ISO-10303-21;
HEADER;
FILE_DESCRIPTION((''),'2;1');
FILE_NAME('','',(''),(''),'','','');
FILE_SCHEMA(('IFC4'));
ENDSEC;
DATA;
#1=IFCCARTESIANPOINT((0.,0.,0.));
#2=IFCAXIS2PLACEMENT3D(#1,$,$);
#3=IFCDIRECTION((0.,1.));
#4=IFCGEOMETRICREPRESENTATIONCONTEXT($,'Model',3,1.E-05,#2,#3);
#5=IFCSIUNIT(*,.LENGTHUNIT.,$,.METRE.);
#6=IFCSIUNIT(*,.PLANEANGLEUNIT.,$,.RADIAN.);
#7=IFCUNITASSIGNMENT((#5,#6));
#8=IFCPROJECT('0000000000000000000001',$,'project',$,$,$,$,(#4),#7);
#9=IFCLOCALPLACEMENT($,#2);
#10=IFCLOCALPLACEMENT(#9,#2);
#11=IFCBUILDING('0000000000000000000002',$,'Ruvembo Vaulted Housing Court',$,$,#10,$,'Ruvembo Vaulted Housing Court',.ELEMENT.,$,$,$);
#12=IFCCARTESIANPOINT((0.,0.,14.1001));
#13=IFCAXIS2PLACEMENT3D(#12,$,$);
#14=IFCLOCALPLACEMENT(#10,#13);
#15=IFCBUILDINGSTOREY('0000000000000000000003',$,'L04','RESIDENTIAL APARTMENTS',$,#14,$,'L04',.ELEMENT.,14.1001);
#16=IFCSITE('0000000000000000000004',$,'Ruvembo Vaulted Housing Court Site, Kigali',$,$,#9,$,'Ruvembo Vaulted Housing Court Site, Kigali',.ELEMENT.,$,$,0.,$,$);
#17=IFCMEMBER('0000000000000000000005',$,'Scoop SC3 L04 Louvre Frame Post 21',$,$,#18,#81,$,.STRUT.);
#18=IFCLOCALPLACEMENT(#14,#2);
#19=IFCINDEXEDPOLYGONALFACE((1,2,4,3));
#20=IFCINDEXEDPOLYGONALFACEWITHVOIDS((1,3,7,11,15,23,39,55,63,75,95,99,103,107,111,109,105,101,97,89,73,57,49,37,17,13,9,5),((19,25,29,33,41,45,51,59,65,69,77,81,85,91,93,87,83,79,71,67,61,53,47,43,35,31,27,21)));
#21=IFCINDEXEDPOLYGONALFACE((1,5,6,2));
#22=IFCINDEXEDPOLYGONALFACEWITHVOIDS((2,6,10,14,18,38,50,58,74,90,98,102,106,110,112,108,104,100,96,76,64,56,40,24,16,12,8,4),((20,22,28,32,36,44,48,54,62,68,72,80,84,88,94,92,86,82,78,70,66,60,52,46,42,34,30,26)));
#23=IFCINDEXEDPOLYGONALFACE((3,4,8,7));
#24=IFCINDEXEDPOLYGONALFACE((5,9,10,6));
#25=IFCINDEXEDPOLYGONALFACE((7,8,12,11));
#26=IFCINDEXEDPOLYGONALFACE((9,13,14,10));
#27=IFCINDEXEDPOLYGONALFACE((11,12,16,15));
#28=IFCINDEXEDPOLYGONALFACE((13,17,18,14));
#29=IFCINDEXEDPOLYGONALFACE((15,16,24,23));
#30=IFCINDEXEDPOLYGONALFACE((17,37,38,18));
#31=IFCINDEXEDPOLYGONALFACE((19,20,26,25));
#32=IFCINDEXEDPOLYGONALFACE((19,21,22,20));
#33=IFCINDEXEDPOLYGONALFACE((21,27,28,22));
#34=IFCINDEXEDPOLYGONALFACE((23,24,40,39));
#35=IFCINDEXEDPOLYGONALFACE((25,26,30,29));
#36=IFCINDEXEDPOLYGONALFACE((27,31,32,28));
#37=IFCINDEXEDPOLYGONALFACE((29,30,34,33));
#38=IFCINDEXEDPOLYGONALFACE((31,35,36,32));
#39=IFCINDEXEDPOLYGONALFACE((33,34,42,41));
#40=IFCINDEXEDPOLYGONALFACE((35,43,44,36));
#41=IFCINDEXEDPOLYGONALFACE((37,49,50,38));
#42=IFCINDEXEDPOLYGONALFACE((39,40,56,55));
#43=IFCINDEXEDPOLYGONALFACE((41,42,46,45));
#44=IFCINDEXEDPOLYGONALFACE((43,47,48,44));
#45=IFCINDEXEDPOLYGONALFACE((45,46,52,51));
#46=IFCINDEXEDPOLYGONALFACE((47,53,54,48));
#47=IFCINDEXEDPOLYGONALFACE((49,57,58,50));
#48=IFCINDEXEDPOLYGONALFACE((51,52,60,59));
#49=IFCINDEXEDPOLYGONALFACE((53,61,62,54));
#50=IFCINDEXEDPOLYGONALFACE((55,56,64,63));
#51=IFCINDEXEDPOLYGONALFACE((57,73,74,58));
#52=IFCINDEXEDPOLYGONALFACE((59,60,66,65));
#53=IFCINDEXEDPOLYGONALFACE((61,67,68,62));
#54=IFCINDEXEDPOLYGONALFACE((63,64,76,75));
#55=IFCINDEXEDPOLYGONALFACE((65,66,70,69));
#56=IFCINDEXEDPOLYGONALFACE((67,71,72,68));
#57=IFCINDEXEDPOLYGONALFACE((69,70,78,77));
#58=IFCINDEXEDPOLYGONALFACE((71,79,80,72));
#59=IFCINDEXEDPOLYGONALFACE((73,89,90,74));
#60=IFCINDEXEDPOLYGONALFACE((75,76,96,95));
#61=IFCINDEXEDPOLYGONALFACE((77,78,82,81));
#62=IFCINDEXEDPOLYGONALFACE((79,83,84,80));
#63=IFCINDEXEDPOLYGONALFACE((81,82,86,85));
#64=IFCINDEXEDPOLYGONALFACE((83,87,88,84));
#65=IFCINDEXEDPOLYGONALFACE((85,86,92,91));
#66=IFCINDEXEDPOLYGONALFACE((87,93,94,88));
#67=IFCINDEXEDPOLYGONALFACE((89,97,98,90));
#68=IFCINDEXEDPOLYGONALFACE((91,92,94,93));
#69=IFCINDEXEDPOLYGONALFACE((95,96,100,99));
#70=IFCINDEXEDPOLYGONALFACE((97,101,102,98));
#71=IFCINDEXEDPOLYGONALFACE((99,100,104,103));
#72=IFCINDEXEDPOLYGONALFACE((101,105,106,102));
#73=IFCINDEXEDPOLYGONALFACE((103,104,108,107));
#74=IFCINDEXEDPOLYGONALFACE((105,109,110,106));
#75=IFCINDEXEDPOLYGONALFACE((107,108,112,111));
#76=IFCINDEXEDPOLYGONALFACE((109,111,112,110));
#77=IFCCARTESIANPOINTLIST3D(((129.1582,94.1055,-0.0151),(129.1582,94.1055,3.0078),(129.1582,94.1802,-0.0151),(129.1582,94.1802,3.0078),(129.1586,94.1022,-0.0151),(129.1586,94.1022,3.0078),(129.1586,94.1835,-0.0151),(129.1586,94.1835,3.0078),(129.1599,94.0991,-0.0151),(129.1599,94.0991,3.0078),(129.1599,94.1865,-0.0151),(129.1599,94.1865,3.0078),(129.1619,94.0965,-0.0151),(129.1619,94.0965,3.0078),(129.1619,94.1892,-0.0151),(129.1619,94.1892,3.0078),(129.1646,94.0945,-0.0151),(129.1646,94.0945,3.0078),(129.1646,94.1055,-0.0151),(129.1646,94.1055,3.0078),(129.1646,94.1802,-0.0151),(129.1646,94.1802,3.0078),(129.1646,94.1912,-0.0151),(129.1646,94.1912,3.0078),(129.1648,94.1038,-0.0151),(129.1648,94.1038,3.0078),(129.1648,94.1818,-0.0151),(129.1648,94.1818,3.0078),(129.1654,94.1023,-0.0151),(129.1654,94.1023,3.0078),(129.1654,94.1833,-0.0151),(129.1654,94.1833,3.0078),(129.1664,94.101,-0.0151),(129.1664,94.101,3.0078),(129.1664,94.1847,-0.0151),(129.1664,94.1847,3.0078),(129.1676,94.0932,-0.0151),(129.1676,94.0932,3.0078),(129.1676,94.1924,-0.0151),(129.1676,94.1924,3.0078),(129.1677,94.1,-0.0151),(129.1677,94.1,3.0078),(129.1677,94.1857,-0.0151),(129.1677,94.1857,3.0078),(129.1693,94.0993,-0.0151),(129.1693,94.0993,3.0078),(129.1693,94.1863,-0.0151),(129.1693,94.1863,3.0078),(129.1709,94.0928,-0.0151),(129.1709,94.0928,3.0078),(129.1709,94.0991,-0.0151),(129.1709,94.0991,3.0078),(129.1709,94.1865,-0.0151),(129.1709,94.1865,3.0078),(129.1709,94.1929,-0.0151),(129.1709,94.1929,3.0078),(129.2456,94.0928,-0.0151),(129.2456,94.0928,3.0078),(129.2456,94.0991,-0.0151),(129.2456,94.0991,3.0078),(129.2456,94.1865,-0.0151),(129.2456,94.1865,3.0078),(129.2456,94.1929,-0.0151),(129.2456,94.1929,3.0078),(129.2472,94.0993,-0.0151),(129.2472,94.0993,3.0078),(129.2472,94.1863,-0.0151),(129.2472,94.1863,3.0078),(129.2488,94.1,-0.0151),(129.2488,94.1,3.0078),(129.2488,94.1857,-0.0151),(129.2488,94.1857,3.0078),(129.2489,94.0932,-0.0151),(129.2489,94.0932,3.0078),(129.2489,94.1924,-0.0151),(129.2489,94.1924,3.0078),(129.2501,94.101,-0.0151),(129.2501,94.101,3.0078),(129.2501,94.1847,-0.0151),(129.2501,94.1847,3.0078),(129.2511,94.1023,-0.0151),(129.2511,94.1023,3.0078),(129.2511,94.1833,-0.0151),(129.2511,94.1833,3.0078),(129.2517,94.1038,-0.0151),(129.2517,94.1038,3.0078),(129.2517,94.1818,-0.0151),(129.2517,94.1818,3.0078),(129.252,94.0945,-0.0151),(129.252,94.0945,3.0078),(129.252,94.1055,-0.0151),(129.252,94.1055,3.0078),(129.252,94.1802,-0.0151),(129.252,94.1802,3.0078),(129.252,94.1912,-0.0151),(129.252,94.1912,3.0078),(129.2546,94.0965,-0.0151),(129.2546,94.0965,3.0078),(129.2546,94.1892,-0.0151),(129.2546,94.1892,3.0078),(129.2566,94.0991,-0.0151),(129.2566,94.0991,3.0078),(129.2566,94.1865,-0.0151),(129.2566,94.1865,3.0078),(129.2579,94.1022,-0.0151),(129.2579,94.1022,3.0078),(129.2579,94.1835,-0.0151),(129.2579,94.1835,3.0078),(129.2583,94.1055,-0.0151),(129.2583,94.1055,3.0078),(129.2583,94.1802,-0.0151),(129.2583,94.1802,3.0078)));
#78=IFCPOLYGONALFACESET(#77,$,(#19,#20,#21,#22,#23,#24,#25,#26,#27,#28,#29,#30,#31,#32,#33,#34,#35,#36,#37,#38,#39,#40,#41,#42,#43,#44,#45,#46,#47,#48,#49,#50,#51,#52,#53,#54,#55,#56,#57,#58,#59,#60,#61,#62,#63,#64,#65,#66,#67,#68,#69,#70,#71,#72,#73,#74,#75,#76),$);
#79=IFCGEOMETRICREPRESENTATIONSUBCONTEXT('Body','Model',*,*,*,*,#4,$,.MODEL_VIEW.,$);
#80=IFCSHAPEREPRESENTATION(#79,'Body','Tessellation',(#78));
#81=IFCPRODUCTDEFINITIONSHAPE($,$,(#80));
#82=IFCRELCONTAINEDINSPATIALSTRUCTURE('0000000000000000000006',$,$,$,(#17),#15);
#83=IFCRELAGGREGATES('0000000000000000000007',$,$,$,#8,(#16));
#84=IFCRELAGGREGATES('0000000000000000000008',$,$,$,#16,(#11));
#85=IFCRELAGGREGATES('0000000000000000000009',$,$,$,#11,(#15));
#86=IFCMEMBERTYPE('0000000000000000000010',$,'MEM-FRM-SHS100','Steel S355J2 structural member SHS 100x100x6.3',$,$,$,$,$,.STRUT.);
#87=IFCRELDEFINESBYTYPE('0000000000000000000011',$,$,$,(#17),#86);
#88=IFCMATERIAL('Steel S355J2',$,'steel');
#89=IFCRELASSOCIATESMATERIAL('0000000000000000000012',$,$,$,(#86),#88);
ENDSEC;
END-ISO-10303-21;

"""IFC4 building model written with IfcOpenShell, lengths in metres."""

from ifc_helpers import new_model, si_unit, direction, frame, origin, origin_2d, place, context, subcontext, project, spatial, hollow_rectangle, extrude, material, material_profile, profile_set, type_object, element, save


model = new_model("IFC4")

# Units and contexts
model_context = context("Model", 3, precision=1e-05, world=origin(), true_north=direction((0.0, 1.0)))
body_context = subcontext(model_context, "Body", "Model", "MODEL_VIEW")
ifc_project = project(units=[si_unit("LENGTHUNIT", "METRE"), si_unit("PLANEANGLEUNIT", "RADIAN")], contexts=[model_context])

# Site, building, storey
site_placement = place(None, origin())
site = spatial("IfcSite", under=ifc_project, at=site_placement, Name="Ruvembo Vaulted Housing Court Site, Kigali", LongName="Ruvembo Vaulted Housing Court Site, Kigali", CompositionType="ELEMENT", RefElevation=0.0)
building_placement = place(site_placement, origin())
building = spatial("IfcBuilding", under=site, at=building_placement, Name="Ruvembo Vaulted Housing Court", LongName="Ruvembo Vaulted Housing Court", CompositionType="ELEMENT")
storey_placement = place(building_placement, frame((0.0, 0.0, 14.1001)))
storey = spatial("IfcBuildingStorey", under=building, at=storey_placement, Name="L04", Description="RESIDENTIAL APARTMENTS", LongName="L04", CompositionType="ELEMENT", Elevation=14.1001)

# Shared definitions
ifc_material_1 = material(Name="Steel S355J2", Category="steel")

# Member
ifc_material_profile_1 = material_profile(ifc_material_1, hollow_rectangle(XDim=0.1001, YDim=0.1001, WallThickness=0.0063, InnerFilletRadius=0.0063, OuterFilletRadius=0.0127, at=origin_2d()), Name="SHS 100x100x6.3")
ifc_profile_set_1 = profile_set([ifc_material_profile_1], Name="Steel S355J2")
member_type_1 = type_object("IfcMemberType", Name="MEM-FRM-SHS100", Description="Steel S355J2 structural member SHS 100x100x6.3", PredefinedType="STRUT", material=ifc_profile_set_1)
for number, where, z_axis, x_axis, name in (
    (1, (129.2083, 94.1428, -0.0151), (0.0, 0.0, 1.0), (1.0, 0.0, 0.0), "Scoop SC3 L04 Louvre Frame Post 21"),
):
    element("IfcMember", number, at=place(storey_placement, frame(where, z_axis=z_axis, x_axis=x_axis)), inside=storey, type_object=member_type_1, Name=name, PredefinedType="STRUT", context=body_context, shape_type="SweptSolid", body=[
        extrude(hollow_rectangle(XDim=0.1001, YDim=0.1001, WallThickness=0.0063, InnerFilletRadius=0.0063, OuterFilletRadius=0.0127, at=origin_2d()), origin(), (0.0, 0.0, 1.0), 3.0229),
    ])

save(model, "model.ifc")
